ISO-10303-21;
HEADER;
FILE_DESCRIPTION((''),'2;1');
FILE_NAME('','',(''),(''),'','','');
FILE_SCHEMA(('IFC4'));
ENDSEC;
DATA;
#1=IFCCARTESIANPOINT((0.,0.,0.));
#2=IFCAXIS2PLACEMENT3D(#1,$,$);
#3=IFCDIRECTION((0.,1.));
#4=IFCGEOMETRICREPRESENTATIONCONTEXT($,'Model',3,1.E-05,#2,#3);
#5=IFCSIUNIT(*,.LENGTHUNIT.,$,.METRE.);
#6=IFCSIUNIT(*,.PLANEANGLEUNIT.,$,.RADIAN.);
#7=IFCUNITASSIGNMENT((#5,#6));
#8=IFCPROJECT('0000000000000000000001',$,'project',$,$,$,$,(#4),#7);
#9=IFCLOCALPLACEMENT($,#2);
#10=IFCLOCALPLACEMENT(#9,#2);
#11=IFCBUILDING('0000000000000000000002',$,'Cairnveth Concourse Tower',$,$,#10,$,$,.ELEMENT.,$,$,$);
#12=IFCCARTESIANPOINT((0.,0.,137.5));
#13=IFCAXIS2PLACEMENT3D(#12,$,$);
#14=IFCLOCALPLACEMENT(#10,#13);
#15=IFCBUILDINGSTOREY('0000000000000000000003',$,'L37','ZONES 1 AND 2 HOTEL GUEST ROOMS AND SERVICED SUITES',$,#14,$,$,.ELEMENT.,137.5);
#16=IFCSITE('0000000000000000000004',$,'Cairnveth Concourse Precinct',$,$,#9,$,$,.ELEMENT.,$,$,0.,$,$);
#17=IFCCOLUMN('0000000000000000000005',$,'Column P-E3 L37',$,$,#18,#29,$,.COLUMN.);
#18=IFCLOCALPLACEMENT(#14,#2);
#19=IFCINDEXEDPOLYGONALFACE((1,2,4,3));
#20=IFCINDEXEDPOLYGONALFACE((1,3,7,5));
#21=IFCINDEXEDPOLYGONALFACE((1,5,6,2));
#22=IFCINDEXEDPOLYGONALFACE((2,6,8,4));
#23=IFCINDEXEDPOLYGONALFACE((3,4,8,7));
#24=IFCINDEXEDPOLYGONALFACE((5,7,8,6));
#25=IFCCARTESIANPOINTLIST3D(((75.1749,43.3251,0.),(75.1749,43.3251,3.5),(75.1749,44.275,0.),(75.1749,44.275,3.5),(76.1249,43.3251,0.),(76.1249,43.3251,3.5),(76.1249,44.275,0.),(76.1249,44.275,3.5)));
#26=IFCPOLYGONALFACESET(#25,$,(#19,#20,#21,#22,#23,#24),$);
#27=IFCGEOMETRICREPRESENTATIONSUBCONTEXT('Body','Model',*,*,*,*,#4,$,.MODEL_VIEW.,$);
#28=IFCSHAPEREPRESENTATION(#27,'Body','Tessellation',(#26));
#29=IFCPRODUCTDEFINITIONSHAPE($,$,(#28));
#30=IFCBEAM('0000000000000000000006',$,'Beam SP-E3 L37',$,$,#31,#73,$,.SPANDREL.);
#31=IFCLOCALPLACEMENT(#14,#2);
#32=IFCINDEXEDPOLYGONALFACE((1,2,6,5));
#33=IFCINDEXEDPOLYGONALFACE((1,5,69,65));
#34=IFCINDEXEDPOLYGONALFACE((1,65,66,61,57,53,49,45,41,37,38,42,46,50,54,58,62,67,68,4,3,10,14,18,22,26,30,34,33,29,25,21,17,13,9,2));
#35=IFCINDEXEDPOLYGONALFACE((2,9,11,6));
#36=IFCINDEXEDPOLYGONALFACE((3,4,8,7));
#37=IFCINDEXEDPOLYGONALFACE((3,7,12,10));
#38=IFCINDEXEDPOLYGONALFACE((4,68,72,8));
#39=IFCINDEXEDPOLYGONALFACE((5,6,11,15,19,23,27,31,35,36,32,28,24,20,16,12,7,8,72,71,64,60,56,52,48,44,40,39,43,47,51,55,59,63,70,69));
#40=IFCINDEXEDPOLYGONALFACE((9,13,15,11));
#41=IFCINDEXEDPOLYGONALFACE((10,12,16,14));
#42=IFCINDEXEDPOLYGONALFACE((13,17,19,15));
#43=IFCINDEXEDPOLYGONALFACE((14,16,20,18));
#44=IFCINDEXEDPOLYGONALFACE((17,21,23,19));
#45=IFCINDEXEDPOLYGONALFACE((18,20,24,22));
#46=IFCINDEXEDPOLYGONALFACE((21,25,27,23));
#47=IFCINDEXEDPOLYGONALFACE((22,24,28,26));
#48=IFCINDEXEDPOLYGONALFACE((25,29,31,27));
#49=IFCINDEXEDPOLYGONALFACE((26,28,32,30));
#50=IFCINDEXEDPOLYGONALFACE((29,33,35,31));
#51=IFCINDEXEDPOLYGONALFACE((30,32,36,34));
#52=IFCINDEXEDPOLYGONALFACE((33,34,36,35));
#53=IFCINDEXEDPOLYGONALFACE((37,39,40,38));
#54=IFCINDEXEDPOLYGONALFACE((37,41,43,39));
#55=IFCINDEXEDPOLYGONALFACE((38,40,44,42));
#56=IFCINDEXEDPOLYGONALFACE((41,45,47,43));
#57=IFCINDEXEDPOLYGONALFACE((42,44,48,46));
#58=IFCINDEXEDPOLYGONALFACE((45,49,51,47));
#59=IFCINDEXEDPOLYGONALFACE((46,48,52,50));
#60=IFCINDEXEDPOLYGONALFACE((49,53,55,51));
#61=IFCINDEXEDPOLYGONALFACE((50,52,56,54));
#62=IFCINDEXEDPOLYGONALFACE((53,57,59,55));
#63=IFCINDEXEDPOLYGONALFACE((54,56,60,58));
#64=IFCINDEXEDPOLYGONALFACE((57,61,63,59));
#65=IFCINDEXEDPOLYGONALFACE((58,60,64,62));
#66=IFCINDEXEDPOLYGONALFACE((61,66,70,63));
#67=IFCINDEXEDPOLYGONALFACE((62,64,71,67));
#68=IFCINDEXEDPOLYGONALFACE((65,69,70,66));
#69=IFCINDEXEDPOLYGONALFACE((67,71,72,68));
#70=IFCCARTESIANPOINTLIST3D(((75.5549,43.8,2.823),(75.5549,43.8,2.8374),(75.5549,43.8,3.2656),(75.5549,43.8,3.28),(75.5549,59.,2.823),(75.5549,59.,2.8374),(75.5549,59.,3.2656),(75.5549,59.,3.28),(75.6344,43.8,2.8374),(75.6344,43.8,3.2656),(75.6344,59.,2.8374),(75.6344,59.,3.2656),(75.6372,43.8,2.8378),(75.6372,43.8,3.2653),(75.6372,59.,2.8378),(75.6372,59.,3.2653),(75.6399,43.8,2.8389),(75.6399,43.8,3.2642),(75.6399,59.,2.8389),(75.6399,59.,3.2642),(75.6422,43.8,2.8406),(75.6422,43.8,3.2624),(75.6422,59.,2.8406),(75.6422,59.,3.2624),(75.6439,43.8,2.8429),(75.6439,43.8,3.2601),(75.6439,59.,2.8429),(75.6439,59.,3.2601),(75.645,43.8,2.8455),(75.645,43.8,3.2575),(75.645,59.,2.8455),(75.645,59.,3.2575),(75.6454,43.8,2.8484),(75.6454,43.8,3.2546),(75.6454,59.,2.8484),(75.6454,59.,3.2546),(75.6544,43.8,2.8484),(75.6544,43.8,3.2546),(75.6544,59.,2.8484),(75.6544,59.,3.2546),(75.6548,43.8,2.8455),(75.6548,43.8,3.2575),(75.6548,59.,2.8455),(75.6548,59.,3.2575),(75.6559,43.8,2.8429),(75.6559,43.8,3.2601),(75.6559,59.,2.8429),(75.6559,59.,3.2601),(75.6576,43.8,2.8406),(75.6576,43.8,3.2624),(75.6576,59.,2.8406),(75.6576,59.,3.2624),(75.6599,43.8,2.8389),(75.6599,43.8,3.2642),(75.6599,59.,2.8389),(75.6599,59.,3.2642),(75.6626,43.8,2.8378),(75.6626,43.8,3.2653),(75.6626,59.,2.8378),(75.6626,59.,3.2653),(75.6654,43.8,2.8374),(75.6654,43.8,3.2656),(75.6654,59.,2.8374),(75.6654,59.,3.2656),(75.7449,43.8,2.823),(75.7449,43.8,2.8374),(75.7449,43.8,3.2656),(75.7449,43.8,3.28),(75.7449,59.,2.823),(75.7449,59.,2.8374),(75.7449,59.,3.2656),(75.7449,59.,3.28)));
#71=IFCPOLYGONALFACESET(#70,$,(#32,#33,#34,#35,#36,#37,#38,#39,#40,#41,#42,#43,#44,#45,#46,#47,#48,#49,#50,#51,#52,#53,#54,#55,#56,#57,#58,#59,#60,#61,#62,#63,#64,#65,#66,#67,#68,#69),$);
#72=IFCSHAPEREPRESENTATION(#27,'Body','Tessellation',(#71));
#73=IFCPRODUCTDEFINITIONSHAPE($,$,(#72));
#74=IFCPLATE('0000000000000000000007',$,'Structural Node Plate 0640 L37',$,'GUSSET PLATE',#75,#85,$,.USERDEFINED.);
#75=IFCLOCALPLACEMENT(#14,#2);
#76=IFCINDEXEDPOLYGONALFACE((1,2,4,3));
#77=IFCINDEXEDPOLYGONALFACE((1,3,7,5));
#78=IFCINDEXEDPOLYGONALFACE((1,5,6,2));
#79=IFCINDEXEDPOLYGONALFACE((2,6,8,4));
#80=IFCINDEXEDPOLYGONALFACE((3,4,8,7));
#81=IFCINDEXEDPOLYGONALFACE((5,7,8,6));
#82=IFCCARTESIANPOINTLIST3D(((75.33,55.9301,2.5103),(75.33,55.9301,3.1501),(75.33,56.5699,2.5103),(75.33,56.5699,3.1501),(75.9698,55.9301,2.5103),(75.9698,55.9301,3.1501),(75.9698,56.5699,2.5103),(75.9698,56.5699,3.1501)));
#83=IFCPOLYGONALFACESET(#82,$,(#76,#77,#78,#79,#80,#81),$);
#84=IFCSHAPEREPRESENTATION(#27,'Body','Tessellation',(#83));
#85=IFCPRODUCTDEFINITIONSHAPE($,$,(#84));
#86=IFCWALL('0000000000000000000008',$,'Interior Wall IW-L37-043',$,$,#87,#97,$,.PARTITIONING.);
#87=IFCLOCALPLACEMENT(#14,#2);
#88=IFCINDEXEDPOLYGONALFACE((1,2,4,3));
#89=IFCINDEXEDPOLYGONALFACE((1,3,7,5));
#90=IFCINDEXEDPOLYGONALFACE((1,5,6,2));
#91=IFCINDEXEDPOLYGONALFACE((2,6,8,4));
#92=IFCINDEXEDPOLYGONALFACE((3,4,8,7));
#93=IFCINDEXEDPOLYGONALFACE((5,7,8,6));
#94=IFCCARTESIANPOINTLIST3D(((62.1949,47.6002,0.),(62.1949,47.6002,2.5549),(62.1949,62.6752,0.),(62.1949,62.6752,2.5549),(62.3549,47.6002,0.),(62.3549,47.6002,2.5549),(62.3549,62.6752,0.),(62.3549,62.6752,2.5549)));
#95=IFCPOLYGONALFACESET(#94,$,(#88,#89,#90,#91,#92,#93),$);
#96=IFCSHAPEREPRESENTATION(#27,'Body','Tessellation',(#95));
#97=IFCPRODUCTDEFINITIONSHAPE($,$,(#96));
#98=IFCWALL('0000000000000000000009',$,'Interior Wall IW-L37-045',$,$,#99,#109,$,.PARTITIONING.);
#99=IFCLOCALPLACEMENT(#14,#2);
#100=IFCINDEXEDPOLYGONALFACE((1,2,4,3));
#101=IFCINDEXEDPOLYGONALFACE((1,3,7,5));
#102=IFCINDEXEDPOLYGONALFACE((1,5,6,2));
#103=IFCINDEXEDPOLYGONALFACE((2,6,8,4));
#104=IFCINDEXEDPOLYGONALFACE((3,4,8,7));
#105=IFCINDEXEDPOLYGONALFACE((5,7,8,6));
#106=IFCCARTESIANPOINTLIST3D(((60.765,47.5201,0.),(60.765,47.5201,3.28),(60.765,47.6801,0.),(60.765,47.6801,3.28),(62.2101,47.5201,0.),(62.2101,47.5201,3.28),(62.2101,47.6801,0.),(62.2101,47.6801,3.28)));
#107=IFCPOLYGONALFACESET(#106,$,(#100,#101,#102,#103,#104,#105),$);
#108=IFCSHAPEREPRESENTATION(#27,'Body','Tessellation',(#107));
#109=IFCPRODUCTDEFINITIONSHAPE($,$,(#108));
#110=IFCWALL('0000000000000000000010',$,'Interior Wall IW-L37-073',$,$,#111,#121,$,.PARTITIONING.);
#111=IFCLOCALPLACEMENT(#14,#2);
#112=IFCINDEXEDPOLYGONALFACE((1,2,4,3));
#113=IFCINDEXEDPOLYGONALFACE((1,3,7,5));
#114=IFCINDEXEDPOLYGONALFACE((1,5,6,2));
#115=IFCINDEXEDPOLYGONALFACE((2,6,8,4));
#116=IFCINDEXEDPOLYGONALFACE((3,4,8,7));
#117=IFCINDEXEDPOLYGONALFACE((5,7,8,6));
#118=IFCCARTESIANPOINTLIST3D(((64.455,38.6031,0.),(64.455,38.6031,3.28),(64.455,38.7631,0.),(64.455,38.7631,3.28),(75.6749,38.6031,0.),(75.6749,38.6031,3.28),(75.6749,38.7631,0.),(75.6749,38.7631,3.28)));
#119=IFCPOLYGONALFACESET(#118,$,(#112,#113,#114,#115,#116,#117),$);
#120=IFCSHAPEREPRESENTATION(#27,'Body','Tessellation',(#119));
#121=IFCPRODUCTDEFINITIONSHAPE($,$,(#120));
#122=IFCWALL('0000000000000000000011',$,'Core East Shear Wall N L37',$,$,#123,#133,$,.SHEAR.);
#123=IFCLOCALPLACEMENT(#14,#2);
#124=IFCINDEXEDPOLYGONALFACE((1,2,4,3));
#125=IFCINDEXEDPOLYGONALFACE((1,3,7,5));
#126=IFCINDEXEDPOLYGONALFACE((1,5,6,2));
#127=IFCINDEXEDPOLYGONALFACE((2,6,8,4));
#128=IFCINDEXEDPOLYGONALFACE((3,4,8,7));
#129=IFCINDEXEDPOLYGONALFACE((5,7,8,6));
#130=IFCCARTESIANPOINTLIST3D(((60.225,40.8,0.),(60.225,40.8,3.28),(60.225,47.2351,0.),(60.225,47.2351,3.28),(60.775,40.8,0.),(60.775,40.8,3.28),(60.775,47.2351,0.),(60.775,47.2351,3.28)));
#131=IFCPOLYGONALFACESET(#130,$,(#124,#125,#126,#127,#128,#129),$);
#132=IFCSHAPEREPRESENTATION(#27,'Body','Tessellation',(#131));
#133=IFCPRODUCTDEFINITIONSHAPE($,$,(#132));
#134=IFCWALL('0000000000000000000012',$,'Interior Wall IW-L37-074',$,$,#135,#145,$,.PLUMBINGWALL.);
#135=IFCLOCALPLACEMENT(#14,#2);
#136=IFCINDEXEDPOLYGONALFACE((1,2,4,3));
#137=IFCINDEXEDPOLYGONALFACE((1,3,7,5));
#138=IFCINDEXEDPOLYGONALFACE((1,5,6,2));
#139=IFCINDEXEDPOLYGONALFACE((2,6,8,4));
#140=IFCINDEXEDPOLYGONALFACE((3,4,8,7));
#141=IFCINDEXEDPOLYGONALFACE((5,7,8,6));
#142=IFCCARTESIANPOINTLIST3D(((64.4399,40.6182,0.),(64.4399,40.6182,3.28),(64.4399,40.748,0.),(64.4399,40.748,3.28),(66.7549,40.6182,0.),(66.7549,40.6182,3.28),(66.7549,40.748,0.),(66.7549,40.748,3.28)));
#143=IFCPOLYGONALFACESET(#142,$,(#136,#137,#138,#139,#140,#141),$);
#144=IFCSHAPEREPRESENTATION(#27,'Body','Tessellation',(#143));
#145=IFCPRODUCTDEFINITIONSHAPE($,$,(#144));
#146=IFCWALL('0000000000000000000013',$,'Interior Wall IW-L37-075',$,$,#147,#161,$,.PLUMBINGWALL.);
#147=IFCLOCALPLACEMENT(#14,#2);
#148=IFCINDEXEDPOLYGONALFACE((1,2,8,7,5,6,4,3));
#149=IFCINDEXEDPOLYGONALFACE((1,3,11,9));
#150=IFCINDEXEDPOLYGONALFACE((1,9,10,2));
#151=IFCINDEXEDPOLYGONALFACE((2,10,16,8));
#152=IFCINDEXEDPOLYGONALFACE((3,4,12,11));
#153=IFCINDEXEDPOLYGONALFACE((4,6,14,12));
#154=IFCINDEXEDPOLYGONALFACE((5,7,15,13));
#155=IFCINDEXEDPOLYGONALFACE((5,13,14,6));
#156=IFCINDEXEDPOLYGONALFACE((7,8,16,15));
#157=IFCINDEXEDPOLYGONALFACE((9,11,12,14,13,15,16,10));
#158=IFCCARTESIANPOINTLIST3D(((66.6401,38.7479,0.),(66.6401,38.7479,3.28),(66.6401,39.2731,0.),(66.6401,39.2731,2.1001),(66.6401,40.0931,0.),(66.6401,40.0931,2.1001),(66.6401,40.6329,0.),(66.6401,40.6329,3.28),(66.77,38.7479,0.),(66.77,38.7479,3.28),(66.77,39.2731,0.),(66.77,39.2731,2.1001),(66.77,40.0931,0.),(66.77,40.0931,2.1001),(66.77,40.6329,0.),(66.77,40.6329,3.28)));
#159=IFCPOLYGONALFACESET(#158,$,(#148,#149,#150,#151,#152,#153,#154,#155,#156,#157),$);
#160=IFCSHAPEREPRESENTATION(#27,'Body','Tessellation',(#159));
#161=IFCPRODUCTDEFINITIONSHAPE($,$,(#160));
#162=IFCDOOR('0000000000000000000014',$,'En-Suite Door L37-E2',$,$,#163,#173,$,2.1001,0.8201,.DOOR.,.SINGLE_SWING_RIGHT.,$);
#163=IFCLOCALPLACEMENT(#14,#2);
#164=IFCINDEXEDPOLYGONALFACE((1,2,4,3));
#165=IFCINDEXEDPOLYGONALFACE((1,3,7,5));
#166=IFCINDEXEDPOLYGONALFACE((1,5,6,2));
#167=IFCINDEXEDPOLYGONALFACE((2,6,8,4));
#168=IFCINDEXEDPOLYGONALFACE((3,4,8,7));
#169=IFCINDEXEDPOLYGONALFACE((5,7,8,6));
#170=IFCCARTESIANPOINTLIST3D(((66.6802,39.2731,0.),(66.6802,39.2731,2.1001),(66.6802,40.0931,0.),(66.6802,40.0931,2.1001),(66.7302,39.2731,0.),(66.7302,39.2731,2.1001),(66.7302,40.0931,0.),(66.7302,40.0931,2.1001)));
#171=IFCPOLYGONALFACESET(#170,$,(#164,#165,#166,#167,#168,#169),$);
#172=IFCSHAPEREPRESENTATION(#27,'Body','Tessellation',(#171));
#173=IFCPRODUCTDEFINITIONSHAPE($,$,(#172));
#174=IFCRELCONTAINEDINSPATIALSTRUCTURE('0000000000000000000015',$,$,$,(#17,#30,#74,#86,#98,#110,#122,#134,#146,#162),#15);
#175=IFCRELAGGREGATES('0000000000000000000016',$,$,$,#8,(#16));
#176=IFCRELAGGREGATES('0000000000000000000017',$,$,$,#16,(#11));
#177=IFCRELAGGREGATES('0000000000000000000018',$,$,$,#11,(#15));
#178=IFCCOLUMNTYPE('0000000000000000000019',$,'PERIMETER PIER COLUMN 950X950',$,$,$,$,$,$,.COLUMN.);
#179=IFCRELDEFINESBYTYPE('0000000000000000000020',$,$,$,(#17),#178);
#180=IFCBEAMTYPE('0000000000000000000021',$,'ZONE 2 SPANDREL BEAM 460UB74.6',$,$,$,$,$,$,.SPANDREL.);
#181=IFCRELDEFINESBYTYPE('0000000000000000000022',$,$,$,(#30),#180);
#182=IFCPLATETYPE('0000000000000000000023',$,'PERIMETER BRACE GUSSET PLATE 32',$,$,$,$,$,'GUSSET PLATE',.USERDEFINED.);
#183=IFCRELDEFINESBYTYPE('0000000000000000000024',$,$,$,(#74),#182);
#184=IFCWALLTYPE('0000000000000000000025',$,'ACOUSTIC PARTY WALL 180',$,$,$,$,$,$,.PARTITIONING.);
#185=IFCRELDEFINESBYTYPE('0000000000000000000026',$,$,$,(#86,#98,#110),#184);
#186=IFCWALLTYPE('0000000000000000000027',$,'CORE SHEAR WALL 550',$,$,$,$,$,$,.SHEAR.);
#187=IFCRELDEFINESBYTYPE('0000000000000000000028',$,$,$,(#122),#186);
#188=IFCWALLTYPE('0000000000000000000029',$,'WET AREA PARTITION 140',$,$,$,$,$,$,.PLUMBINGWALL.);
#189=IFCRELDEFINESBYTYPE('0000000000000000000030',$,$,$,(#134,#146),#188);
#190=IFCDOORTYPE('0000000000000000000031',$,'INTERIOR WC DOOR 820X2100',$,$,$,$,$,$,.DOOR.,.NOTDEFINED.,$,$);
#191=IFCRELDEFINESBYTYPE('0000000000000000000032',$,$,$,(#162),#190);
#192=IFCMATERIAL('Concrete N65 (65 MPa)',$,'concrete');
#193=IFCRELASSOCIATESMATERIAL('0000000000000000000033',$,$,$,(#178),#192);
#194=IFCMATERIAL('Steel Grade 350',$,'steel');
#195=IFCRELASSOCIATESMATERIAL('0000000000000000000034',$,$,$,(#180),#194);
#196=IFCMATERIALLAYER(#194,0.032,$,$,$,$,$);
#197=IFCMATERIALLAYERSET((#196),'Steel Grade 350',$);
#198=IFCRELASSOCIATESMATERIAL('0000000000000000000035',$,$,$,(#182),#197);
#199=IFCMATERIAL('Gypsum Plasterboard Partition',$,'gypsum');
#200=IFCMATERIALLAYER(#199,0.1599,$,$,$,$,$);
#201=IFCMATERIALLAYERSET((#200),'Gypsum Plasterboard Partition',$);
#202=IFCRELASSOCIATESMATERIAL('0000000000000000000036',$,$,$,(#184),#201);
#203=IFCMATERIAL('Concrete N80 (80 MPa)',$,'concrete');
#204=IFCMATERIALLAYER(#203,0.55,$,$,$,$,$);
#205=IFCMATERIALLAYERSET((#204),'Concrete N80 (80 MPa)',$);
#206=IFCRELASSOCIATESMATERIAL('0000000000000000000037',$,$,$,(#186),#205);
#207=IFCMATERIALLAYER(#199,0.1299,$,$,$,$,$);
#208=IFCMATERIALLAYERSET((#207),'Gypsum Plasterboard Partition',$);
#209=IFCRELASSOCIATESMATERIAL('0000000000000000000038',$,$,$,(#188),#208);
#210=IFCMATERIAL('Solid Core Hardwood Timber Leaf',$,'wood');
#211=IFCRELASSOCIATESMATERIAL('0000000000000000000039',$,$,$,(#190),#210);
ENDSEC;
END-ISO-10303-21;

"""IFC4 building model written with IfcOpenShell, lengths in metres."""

from ifc_helpers import new_model, si_unit, direction, frame, frame_2d, origin, origin_2d, place, context, subcontext, project, spatial, rectangle, i_section, extrude, material, layer, layer_set, material_profile, profile_set, type_object, element, fill, save


model = new_model("IFC4")

# Units and contexts
model_context = context("Model", 3, precision=1e-05, world=origin(), true_north=direction((0.0, 1.0)))
body_context = subcontext(model_context, "Body", "Model", "MODEL_VIEW")
ifc_project = project(units=[si_unit("LENGTHUNIT", "METRE"), si_unit("PLANEANGLEUNIT", "RADIAN")], contexts=[model_context])

# Site, building, storey
site_placement = place(None, origin())
site = spatial("IfcSite", under=ifc_project, at=site_placement, Name="Cairnveth Concourse Precinct", CompositionType="ELEMENT", RefElevation=0.0)
building_placement = place(site_placement, origin())
building = spatial("IfcBuilding", under=site, at=building_placement, Name="Cairnveth Concourse Tower", CompositionType="ELEMENT")
storey_placement = place(building_placement, frame((0.0, 0.0, 137.5)))
storey = spatial("IfcBuildingStorey", under=building, at=storey_placement, Name="L37", Description="ZONES 1 AND 2 HOTEL GUEST ROOMS AND SERVICED SUITES", CompositionType="ELEMENT", Elevation=137.5)

# Column
ifc_material_1 = material(Name="Concrete N65 (65 MPa)", Category="concrete")
ifc_material_profile_1 = material_profile(ifc_material_1, rectangle(XDim=0.95, YDim=0.95, at=origin_2d()), Name="RC-COL-950x950")
ifc_profile_set_1 = profile_set([ifc_material_profile_1], Name="Concrete N65 (65 MPa)")
column_type = type_object("IfcColumnType", Name="PERIMETER PIER COLUMN 950X950", PredefinedType="COLUMN", material=ifc_profile_set_1)
column_placement = place(storey_placement, frame((75.6499, 43.8, 0.0), z_axis=(0.0, 0.0, 1.0), x_axis=(0.0, 1.0, 0.0)))
element("IfcColumn", 1, at=column_placement, inside=storey, type_object=column_type, Name="Column P-E3 L37", PredefinedType="COLUMN", context=body_context, shape_type="SweptSolid", body=[
    extrude(rectangle(XDim=0.95, YDim=0.95, at=origin_2d()), origin(), (0.0, 0.0, 1.0), 3.5),
])

# Beam
ifc_material_2 = material(Name="Steel Grade 350", Category="steel")
ifc_material_profile_2 = material_profile(ifc_material_2, i_section(OverallWidth=0.1899, OverallDepth=0.457, WebThickness=0.009, FlangeThickness=0.0144, FilletRadius=0.011, at=origin_2d()), Name="460UB74.6")
ifc_profile_set_2 = profile_set([ifc_material_profile_2], Name="Steel Grade 350")
beam_type = type_object("IfcBeamType", Name="ZONE 2 SPANDREL BEAM 460UB74.6", PredefinedType="SPANDREL", material=ifc_profile_set_2)
beam_placement = place(storey_placement, frame((75.6499, 43.8, 3.0515), z_axis=(0.0, 1.0, 0.0), x_axis=(-1.0, 0.0, 0.0)))
element("IfcBeam", 2, at=beam_placement, inside=storey, type_object=beam_type, Name="Beam SP-E3 L37", PredefinedType="SPANDREL", context=body_context, shape_type="SweptSolid", body=[
    extrude(i_section(OverallWidth=0.1899, OverallDepth=0.457, WebThickness=0.009, FlangeThickness=0.0144, FilletRadius=0.011, at=origin_2d()), origin(), (0.0, 0.0, 1.0), 15.2),
])

# Plate
ifc_layer_1 = layer(ifc_material_2, 0.032)
ifc_layer_set_1 = layer_set([ifc_layer_1], Name="Steel Grade 350")
plate_type = type_object("IfcPlateType", Name="PERIMETER BRACE GUSSET PLATE 32", ElementType="GUSSET PLATE", PredefinedType="USERDEFINED", material=ifc_layer_set_1)
plate_placement = place(storey_placement, frame((75.6499, 56.25, 2.5103), z_axis=(0.0, 0.0, 1.0), x_axis=(1.0, 0.0, 0.0)))
element("IfcPlate", 3, at=plate_placement, inside=storey, type_object=plate_type, Name="Structural Node Plate 0640 L37", ObjectType="GUSSET PLATE", PredefinedType="USERDEFINED", context=body_context, shape_type="SweptSolid", body=[
    extrude(rectangle(XDim=0.6399, YDim=0.6399, at=origin_2d()), origin(), (0.0, 0.0, 1.0), 0.6399),
])

# Walls
ifc_material_3 = material(Name="Gypsum Plasterboard Partition", Category="gypsum")
ifc_layer_2 = layer(ifc_material_3, 0.1599)
ifc_layer_set_2 = layer_set([ifc_layer_2], Name="Gypsum Plasterboard Partition")
wall_type_1 = type_object("IfcWallType", Name="ACOUSTIC PARTY WALL 180", PredefinedType="PARTITIONING", material=ifc_layer_set_2)
wall_1_placement = place(storey_placement, frame((62.2749, 47.6001, 0.0), z_axis=(0.0, 0.0, 1.0), x_axis=(0.0, 1.0, 0.0)))
element("IfcWall", 4, at=wall_1_placement, inside=storey, type_object=wall_type_1, Name="Interior Wall IW-L37-043", PredefinedType="PARTITIONING", context=body_context, shape_type="SweptSolid", body=[
    extrude(rectangle(XDim=15.075, YDim=0.1599, at=frame_2d((7.5376, 0.0))), origin(), (0.0, 0.0, 1.0), 2.5549),
])
wall_2_placement = place(storey_placement, frame((60.7649, 47.6001, 0.0), z_axis=(0.0, 0.0, 1.0), x_axis=(1.0, 0.0, 0.0)))
element("IfcWall", 5, at=wall_2_placement, inside=storey, type_object=wall_type_1, Name="Interior Wall IW-L37-045", PredefinedType="PARTITIONING", context=body_context, shape_type="SweptSolid", body=[
    extrude(rectangle(XDim=1.4451, YDim=0.1599, at=frame_2d((0.7227, 0.0))), origin(), (0.0, 0.0, 1.0), 3.28),
])
wall_3_placement = place(storey_placement, frame((64.4551, 38.6831, 0.0), z_axis=(0.0, 0.0, 1.0), x_axis=(1.0, 0.0, 0.0)))
element("IfcWall", 6, at=wall_3_placement, inside=storey, type_object=wall_type_1, Name="Interior Wall IW-L37-073", PredefinedType="PARTITIONING", context=body_context, shape_type="SweptSolid", body=[
    extrude(rectangle(XDim=11.22, YDim=0.1599, at=frame_2d((5.6099, 0.0))), origin(), (0.0, 0.0, 1.0), 3.28),
])
ifc_material_4 = material(Name="Concrete N80 (80 MPa)", Category="concrete")
ifc_layer_3 = layer(ifc_material_4, 0.55)
ifc_layer_set_3 = layer_set([ifc_layer_3], Name="Concrete N80 (80 MPa)")
wall_type_2 = type_object("IfcWallType", Name="CORE SHEAR WALL 550", PredefinedType="SHEAR", material=ifc_layer_set_3)
wall_4_placement = place(storey_placement, frame((60.5, 40.8, 0.0), z_axis=(0.0, 0.0, 1.0), x_axis=(0.0, 1.0, 0.0)))
element("IfcWall", 7, at=wall_4_placement, inside=storey, type_object=wall_type_2, Name="Core East Shear Wall N L37", PredefinedType="SHEAR", context=body_context, shape_type="SweptSolid", body=[
    extrude(rectangle(XDim=6.4351, YDim=0.55, at=frame_2d((3.2175, 0.0))), origin(), (0.0, 0.0, 1.0), 3.28),
])

# Wall
ifc_layer_4 = layer(ifc_material_3, 0.1299)
ifc_layer_set_4 = layer_set([ifc_layer_4], Name="Gypsum Plasterboard Partition")
wall_type_3 = type_object("IfcWallType", Name="WET AREA PARTITION 140", PredefinedType="PLUMBINGWALL", material=ifc_layer_set_4)
wall_5_placement = place(storey_placement, frame((64.4399, 40.6831, 0.0), z_axis=(0.0, 0.0, 1.0), x_axis=(1.0, 0.0, 0.0)))
element("IfcWall", 8, at=wall_5_placement, inside=storey, type_object=wall_type_3, Name="Interior Wall IW-L37-074", PredefinedType="PLUMBINGWALL", context=body_context, shape_type="SweptSolid", body=[
    extrude(rectangle(XDim=2.3149, YDim=0.1299, at=frame_2d((1.1575, 0.0))), origin(), (0.0, 0.0, 1.0), 3.28),
])

# Wall, opening, door
wall_6_placement = place(storey_placement, frame((66.7051, 38.748, 0.0), z_axis=(0.0, 0.0, 1.0), x_axis=(0.0, 1.0, 0.0)))
wall_6 = element("IfcWall", 9, at=wall_6_placement, inside=storey, type_object=wall_type_3, Name="Interior Wall IW-L37-075", PredefinedType="PLUMBINGWALL", context=body_context, shape_type="SweptSolid", body=[
    extrude(rectangle(XDim=1.885, YDim=0.1299, at=frame_2d((0.9424, 0.0))), origin(), (0.0, 0.0, 1.0), 3.28),
])
opening_1_placement = place(wall_6_placement, frame((0.5249, 0.0, 0.0)))
opening_1 = element("IfcOpeningElement", 10, at=opening_1_placement, cuts=wall_6, PredefinedType="OPENING", context=body_context, shape_type="SweptSolid", body=[
    extrude(rectangle(XDim=0.8201, YDim=2.1001, at=frame_2d((0.4102, 1.05))), frame((0.0, 0.075, 0.0), z_axis=(0.0, -1.0, 0.0), x_axis=(1.0, 0.0, 0.0)), (0.0, 0.0, 1.0), 0.1499),
])
ifc_material_5 = material(Name="Solid Core Hardwood Timber Leaf", Category="wood")
door_type_1 = type_object("IfcDoorType", Name="INTERIOR WC DOOR 820X2100", OperationType="NOTDEFINED", PredefinedType="DOOR", material=ifc_material_5)
door_1_placement = place(opening_1_placement, origin())
door_1 = element("IfcDoor", 11, at=door_1_placement, inside=storey, type_object=door_type_1, Name="En-Suite Door L37-E2", OperationType="SINGLE_SWING_RIGHT", OverallHeight=2.1001, OverallWidth=0.8201, PredefinedType="DOOR", context=body_context, shape_type="SweptSolid", body=[
    extrude(rectangle(XDim=0.8201, YDim=2.1001, at=frame_2d((0.4102, 1.05))), frame((0.0, 0.0249, 0.0), z_axis=(0.0, -1.0, 0.0), x_axis=(1.0, 0.0, 0.0)), (0.0, 0.0, 1.0), 0.05),
])
fill(opening_1, door_1)

save(model, "model.ifc")
